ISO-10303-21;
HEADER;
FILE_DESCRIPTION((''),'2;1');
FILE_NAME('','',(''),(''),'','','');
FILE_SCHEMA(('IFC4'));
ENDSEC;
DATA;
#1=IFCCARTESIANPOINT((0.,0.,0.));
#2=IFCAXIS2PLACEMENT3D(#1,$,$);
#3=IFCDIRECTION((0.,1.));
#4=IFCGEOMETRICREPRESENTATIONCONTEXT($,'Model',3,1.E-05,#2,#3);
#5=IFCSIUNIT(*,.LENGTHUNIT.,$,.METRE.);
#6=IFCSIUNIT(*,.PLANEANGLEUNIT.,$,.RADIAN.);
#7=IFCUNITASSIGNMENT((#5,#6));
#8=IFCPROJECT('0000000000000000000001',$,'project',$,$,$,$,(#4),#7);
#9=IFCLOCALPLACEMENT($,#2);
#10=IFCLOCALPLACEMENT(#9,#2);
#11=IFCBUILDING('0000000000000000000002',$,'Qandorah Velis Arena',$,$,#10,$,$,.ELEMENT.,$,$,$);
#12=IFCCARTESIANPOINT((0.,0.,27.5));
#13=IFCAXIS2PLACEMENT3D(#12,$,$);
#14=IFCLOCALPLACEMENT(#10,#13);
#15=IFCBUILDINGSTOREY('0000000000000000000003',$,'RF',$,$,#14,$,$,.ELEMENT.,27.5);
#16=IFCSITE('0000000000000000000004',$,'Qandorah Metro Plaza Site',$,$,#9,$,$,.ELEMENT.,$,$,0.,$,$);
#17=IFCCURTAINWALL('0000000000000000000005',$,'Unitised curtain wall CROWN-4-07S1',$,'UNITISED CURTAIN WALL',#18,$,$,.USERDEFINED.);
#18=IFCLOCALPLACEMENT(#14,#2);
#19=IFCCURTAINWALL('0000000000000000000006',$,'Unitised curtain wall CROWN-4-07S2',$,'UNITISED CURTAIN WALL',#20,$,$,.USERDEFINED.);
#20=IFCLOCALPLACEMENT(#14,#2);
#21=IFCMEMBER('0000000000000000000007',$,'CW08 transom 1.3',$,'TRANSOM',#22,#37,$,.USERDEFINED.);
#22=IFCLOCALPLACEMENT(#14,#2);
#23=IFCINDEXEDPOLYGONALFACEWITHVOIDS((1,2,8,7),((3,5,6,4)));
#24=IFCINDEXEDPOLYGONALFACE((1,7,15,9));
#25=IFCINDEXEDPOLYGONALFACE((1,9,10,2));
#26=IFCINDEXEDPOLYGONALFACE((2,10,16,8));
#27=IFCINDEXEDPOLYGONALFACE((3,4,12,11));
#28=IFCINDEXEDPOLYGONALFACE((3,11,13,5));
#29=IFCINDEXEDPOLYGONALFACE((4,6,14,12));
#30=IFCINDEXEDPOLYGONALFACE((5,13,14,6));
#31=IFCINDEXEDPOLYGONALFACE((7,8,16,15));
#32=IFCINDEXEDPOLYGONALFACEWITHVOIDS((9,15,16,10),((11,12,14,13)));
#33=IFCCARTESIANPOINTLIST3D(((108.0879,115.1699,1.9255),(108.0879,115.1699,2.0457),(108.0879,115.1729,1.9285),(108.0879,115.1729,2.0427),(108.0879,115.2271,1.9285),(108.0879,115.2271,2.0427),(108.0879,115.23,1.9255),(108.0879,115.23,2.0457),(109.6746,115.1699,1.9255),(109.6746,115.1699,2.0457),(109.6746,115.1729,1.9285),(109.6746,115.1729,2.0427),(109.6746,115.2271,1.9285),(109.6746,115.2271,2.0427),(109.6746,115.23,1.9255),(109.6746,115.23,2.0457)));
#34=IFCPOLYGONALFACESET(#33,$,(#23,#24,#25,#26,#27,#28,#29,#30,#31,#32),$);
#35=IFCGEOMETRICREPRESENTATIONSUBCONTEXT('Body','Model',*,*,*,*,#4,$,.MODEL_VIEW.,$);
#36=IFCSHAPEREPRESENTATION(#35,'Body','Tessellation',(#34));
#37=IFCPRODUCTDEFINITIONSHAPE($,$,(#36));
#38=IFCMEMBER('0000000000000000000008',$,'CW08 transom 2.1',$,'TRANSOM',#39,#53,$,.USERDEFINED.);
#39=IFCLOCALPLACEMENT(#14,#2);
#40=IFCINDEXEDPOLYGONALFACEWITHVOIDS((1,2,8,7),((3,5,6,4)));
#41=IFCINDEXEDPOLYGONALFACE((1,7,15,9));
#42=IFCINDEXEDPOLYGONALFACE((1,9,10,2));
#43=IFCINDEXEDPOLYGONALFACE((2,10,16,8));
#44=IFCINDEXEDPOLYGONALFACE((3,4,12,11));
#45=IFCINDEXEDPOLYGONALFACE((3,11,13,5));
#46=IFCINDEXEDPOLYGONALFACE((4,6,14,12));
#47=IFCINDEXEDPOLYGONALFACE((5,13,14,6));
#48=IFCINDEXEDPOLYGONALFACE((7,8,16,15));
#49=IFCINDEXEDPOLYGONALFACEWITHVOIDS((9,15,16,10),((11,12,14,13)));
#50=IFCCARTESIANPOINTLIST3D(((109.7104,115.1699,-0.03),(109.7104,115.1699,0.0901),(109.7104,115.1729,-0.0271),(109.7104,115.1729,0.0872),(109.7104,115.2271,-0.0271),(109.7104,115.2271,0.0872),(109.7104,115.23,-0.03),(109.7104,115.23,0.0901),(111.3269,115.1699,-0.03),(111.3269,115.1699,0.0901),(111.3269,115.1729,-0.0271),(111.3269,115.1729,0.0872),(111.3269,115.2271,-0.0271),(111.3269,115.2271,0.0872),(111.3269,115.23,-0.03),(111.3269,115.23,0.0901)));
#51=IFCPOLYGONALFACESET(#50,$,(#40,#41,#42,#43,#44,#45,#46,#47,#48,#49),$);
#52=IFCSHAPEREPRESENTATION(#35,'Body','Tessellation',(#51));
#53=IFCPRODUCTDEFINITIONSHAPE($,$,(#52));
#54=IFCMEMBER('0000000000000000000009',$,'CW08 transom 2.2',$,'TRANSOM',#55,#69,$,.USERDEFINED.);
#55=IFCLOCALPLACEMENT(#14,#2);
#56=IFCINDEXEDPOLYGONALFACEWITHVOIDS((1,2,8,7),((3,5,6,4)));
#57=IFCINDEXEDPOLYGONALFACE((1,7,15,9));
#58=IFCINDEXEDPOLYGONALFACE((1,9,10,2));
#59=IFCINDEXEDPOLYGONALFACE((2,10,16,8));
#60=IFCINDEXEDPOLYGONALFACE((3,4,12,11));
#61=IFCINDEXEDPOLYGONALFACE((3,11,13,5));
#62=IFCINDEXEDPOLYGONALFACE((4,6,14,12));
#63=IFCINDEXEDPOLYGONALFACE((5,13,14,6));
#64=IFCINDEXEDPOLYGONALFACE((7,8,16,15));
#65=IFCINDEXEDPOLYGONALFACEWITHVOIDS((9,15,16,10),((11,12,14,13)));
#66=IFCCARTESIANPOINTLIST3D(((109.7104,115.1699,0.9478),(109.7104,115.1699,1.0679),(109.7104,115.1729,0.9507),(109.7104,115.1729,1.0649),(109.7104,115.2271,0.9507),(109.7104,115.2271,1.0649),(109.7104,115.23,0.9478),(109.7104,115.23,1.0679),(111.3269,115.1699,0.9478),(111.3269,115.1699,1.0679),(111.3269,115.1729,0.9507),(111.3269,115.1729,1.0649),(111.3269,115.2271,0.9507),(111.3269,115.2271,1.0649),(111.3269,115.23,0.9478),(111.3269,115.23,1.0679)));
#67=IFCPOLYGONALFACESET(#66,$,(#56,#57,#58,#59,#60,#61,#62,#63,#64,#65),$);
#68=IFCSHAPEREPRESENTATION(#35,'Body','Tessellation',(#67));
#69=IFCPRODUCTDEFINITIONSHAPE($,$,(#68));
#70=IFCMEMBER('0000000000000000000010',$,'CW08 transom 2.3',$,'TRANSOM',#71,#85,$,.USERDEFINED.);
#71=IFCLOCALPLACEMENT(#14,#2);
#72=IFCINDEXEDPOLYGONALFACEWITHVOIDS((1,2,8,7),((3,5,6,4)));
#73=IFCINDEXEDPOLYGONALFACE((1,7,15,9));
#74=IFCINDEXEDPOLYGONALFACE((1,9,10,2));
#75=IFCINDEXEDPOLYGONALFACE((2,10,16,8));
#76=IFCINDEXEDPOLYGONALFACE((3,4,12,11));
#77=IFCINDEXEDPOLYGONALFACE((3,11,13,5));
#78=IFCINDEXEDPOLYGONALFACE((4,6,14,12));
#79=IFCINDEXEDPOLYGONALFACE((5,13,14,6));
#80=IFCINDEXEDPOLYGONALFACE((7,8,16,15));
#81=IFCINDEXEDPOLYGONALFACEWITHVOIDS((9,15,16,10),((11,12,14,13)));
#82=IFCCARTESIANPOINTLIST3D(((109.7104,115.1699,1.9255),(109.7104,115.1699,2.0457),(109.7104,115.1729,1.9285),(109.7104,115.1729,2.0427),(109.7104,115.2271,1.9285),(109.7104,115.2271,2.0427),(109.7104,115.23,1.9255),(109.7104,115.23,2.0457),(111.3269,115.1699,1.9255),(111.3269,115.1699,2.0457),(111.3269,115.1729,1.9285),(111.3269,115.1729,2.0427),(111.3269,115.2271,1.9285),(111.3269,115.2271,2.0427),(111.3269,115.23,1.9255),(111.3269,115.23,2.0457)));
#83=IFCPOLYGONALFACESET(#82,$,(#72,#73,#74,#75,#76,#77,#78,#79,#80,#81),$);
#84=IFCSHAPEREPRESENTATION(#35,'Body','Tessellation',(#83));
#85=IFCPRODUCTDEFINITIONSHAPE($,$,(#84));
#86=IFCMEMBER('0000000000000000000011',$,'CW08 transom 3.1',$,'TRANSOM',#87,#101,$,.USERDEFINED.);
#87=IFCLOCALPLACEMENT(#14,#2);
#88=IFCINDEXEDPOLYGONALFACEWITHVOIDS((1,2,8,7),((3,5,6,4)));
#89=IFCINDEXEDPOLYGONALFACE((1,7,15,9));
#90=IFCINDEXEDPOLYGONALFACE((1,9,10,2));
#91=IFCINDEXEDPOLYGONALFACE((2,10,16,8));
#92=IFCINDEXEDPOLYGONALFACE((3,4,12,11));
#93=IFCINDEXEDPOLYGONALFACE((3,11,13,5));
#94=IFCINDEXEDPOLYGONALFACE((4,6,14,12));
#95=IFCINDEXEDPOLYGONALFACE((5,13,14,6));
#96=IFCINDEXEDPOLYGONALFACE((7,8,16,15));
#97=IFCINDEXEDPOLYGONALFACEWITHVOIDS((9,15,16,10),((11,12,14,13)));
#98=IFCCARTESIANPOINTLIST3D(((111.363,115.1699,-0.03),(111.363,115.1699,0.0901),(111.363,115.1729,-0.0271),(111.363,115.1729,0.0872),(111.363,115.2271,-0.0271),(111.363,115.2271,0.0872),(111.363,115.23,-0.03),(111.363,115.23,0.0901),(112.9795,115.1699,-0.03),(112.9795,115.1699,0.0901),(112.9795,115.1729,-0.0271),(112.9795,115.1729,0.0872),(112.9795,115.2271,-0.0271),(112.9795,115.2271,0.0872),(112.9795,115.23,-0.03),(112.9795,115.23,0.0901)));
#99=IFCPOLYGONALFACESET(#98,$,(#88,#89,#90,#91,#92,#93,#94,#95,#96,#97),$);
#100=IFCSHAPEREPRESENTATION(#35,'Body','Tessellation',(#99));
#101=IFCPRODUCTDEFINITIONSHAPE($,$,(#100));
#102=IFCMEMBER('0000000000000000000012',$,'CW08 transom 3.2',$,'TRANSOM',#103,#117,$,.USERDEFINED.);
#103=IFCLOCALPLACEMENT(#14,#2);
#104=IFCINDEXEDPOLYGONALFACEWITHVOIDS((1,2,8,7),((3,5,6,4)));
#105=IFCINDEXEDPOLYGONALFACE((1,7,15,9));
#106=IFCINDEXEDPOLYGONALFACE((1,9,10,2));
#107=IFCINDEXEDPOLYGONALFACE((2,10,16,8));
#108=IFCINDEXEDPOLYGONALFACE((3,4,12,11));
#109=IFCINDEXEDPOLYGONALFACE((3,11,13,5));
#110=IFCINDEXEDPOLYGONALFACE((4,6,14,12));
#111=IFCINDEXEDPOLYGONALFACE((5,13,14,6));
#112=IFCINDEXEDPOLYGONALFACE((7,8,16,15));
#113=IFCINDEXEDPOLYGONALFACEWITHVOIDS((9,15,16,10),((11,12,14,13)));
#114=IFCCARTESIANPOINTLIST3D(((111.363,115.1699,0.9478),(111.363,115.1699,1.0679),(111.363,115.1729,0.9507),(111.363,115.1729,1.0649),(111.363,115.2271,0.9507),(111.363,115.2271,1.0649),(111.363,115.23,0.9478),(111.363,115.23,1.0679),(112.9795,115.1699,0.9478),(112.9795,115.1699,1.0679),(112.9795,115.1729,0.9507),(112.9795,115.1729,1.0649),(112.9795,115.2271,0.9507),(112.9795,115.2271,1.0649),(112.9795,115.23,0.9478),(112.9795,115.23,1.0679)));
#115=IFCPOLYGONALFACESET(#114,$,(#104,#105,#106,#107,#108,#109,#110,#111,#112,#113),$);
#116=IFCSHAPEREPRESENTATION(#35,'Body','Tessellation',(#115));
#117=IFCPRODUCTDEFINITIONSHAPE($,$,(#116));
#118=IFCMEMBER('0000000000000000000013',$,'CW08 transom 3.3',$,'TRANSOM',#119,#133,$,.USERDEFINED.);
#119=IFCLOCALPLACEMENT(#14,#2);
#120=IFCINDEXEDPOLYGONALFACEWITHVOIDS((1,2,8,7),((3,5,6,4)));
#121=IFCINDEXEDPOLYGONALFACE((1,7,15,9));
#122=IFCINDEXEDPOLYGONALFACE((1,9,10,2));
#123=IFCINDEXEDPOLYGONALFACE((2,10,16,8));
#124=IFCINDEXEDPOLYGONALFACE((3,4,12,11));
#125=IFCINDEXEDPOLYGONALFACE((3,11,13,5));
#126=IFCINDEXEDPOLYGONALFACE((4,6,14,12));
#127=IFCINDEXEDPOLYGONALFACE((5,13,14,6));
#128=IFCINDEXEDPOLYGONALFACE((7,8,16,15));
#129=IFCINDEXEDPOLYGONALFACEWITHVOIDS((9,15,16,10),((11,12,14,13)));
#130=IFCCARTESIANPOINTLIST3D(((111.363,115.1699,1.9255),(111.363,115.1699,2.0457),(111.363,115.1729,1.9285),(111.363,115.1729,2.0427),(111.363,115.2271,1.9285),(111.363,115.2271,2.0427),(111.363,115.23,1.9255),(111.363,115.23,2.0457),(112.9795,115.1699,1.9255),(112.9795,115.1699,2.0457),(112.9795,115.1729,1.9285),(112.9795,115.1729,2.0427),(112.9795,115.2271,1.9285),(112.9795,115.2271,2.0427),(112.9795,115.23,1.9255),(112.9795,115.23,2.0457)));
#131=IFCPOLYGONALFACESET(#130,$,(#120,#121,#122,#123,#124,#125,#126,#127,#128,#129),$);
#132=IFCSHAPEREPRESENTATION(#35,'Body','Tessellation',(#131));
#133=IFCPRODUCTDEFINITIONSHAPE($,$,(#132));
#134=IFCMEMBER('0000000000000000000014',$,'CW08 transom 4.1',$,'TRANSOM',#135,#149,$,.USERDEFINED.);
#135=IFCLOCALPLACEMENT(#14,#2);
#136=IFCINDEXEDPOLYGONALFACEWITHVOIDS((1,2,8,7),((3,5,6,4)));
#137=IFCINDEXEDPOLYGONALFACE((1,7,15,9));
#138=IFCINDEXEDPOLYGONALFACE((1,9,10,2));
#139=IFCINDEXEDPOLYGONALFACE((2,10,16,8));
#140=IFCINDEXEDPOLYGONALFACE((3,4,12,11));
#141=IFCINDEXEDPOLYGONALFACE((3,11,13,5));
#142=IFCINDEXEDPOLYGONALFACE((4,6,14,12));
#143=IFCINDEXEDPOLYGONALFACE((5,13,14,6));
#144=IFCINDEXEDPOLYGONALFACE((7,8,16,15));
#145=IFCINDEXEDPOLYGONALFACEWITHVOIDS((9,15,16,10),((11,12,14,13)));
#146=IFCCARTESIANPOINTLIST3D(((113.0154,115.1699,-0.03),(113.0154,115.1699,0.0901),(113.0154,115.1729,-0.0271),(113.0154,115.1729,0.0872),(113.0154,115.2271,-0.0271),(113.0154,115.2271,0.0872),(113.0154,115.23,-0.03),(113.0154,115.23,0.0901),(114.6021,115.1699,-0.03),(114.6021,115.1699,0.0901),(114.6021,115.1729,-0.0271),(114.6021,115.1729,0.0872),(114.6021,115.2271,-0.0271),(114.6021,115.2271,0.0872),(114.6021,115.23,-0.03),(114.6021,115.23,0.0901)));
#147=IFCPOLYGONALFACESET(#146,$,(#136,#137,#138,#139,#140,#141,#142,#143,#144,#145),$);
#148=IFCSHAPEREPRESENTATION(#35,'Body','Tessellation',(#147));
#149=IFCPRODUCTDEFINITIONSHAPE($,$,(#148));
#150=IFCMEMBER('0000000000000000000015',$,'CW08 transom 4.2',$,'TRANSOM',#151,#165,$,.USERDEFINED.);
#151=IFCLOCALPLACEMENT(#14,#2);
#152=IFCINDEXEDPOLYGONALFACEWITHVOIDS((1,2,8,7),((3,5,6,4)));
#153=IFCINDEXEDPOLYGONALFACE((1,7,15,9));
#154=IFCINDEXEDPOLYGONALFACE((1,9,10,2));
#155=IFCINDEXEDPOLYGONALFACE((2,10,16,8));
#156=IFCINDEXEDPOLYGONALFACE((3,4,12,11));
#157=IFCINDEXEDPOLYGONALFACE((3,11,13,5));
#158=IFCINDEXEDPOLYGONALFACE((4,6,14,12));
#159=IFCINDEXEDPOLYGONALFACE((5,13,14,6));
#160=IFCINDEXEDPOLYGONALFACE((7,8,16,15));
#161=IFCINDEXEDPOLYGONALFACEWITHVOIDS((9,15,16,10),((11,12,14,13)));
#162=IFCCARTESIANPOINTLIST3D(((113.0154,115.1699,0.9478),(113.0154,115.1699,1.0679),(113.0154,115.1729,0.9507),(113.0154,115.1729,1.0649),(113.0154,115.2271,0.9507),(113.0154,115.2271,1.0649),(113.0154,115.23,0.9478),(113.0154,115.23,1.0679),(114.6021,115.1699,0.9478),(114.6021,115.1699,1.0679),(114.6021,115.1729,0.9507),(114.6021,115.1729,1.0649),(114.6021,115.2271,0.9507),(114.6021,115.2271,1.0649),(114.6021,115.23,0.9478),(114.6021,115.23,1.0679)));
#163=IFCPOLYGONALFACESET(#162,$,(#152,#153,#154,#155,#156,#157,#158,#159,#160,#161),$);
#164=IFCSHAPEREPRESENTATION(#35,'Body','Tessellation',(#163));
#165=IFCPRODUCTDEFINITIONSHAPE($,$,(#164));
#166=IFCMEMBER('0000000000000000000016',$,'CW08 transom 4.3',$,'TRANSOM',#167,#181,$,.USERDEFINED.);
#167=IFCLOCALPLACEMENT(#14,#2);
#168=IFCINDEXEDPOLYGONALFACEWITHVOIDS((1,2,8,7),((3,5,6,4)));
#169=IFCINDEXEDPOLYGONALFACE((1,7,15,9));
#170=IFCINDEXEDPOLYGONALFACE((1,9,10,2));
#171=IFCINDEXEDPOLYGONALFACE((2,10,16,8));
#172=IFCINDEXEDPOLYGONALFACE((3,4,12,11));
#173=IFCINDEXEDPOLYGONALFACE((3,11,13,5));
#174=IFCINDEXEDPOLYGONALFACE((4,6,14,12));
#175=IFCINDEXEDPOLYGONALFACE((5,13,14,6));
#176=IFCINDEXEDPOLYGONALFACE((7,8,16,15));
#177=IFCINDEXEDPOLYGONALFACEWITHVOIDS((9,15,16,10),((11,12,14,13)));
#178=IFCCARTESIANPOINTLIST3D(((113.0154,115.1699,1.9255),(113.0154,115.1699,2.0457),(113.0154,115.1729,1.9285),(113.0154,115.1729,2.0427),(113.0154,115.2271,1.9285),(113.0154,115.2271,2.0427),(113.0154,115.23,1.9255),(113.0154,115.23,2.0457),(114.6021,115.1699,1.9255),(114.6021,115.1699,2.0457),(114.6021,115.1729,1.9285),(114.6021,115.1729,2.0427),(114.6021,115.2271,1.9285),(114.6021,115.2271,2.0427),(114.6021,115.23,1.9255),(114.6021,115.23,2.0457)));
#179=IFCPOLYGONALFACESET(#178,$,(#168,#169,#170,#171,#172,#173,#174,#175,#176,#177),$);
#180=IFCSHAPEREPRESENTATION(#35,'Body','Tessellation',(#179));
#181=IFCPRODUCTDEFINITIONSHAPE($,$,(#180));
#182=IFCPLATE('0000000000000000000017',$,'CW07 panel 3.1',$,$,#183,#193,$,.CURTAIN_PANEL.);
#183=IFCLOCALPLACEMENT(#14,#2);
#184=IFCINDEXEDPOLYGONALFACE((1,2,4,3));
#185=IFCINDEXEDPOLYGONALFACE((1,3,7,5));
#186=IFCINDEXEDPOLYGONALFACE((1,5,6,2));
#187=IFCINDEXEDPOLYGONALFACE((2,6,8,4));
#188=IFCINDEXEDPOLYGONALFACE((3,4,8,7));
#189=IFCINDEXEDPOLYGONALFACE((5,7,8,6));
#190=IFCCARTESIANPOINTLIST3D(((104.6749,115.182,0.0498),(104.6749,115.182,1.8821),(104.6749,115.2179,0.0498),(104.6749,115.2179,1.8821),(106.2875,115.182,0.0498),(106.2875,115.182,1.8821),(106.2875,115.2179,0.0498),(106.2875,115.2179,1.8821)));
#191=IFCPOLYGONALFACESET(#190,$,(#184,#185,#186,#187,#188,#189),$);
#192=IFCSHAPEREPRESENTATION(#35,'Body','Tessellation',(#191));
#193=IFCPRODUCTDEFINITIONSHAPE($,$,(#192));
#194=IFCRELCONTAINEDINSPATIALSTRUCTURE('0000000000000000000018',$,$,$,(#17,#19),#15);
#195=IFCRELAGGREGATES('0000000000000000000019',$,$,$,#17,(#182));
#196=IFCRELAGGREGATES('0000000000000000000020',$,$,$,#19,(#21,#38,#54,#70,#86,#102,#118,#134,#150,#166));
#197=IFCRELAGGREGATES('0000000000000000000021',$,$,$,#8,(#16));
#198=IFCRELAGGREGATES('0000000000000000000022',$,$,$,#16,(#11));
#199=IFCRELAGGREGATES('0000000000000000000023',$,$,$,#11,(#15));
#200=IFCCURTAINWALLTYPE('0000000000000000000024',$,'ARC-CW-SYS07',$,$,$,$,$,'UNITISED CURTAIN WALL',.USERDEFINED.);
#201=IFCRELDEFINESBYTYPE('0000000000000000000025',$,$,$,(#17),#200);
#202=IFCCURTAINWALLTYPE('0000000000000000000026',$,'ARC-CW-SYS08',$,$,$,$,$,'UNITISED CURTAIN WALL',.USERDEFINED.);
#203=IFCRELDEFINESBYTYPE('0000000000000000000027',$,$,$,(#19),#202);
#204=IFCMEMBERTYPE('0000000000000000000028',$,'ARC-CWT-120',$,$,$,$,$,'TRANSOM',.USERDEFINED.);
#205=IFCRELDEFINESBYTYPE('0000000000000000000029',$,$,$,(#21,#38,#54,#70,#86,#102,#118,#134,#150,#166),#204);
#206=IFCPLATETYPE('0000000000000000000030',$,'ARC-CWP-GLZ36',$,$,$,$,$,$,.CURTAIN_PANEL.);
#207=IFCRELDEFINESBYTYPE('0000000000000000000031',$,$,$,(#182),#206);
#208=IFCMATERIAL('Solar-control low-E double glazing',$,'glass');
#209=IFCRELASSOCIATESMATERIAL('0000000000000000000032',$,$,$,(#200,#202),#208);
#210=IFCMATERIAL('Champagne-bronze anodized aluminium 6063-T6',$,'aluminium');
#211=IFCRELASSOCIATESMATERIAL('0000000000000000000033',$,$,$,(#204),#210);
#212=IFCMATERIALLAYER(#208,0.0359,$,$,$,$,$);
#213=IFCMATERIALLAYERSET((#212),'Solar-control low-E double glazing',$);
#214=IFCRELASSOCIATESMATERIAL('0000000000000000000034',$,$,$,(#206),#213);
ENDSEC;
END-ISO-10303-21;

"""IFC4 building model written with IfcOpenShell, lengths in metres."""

from ifc_helpers import new_model, si_unit, direction, frame, origin, origin_2d, place, context, subcontext, project, spatial, rectangle, hollow_rectangle, extrude, material, layer, layer_set, material_profile, profile_set, type_object, element, aggregate, save


model = new_model("IFC4")

# Units and contexts
model_context = context("Model", 3, precision=1e-05, world=origin(), true_north=direction((0.0, 1.0)))
body_context = subcontext(model_context, "Body", "Model", "MODEL_VIEW")
ifc_project = project(units=[si_unit("LENGTHUNIT", "METRE"), si_unit("PLANEANGLEUNIT", "RADIAN")], contexts=[model_context])

# Site, building, storey
site_placement = place(None, origin())
site = spatial("IfcSite", under=ifc_project, at=site_placement, Name="Qandorah Metro Plaza Site", CompositionType="ELEMENT", RefElevation=0.0)
building_placement = place(site_placement, origin())
building = spatial("IfcBuilding", under=site, at=building_placement, Name="Qandorah Velis Arena", CompositionType="ELEMENT")
storey_placement = place(building_placement, frame((0.0, 0.0, 27.5)))
storey = spatial("IfcBuildingStorey", under=building, at=storey_placement, Name="RF", CompositionType="ELEMENT", Elevation=27.5)

# Curtain walls
ifc_material_1 = material(Name="Solar-control low-E double glazing", Category="glass")
curtain_wall_type_1 = type_object("IfcCurtainWallType", Name="ARC-CW-SYS07", ElementType="UNITISED CURTAIN WALL", PredefinedType="USERDEFINED", material=ifc_material_1)
curtain_wall_1_placement = place(storey_placement, origin())
curtain_wall_1 = element("IfcCurtainWall", 1, at=curtain_wall_1_placement, inside=storey, type_object=curtain_wall_type_1, Name="Unitised curtain wall CROWN-4-07S1", ObjectType="UNITISED CURTAIN WALL", PredefinedType="USERDEFINED")
ifc_material_2 = material(Name="Champagne-bronze anodized aluminium 6063-T6", Category="aluminium")
curtain_wall_type_2 = type_object("IfcCurtainWallType", Name="ARC-CW-SYS08", ElementType="UNITISED CURTAIN WALL", PredefinedType="USERDEFINED", material=ifc_material_1)
curtain_wall_2_placement = place(storey_placement, origin())
curtain_wall_2 = element("IfcCurtainWall", 2, at=curtain_wall_2_placement, inside=storey, type_object=curtain_wall_type_2, Name="Unitised curtain wall CROWN-4-07S2", ObjectType="UNITISED CURTAIN WALL", PredefinedType="USERDEFINED")

# Members
ifc_material_profile_1 = material_profile(ifc_material_2, hollow_rectangle(XDim=0.0601, YDim=0.1201, WallThickness=0.0029, at=origin_2d()), Name="ALU TRANSOM 60x120")
ifc_profile_set_1 = profile_set([ifc_material_profile_1], Name="Champagne-bronze anodized aluminium 6063-T6")
member_type_1 = type_object("IfcMemberType", Name="ARC-CWT-120", ElementType="TRANSOM", PredefinedType="USERDEFINED", material=ifc_profile_set_1)
member_1_placement = place(storey_placement, frame((108.0879, 115.2, 1.9856), z_axis=(1.0, 0.0, 0.0), x_axis=(0.0, 1.0, 0.0)))
member_1 = element("IfcMember", 3, at=member_1_placement, type_object=member_type_1, Name="CW08 transom 1.3", ObjectType="TRANSOM", PredefinedType="USERDEFINED", context=body_context, shape_type="SweptSolid", body=[
    extrude(hollow_rectangle(XDim=0.0601, YDim=0.1201, WallThickness=0.0029, at=origin_2d()), origin(), (0.0, 0.0, 1.0), 1.5867),
])
member_2_placement = place(storey_placement, frame((109.7104, 115.2, 0.03), z_axis=(1.0, 0.0, 0.0), x_axis=(0.0, 1.0, 0.0)))
member_2 = element("IfcMember", 4, at=member_2_placement, type_object=member_type_1, Name="CW08 transom 2.1", ObjectType="TRANSOM", PredefinedType="USERDEFINED", context=body_context, shape_type="SweptSolid", body=[
    extrude(hollow_rectangle(XDim=0.0601, YDim=0.1201, WallThickness=0.0029, at=origin_2d()), origin(), (0.0, 0.0, 1.0), 1.6165),
])
member_3_placement = place(storey_placement, frame((109.7104, 115.2, 1.0078), z_axis=(1.0, 0.0, 0.0), x_axis=(0.0, 1.0, 0.0)))
member_3 = element("IfcMember", 5, at=member_3_placement, type_object=member_type_1, Name="CW08 transom 2.2", ObjectType="TRANSOM", PredefinedType="USERDEFINED", context=body_context, shape_type="SweptSolid", body=[
    extrude(hollow_rectangle(XDim=0.0601, YDim=0.1201, WallThickness=0.0029, at=origin_2d()), origin(), (0.0, 0.0, 1.0), 1.6165),
])
member_4_placement = place(storey_placement, frame((109.7104, 115.2, 1.9856), z_axis=(1.0, 0.0, 0.0), x_axis=(0.0, 1.0, 0.0)))
member_4 = element("IfcMember", 6, at=member_4_placement, type_object=member_type_1, Name="CW08 transom 2.3", ObjectType="TRANSOM", PredefinedType="USERDEFINED", context=body_context, shape_type="SweptSolid", body=[
    extrude(hollow_rectangle(XDim=0.0601, YDim=0.1201, WallThickness=0.0029, at=origin_2d()), origin(), (0.0, 0.0, 1.0), 1.6165),
])
member_5_placement = place(storey_placement, frame((111.363, 115.2, 0.03), z_axis=(1.0, 0.0, 0.0), x_axis=(0.0, 1.0, 0.0)))
member_5 = element("IfcMember", 7, at=member_5_placement, type_object=member_type_1, Name="CW08 transom 3.1", ObjectType="TRANSOM", PredefinedType="USERDEFINED", context=body_context, shape_type="SweptSolid", body=[
    extrude(hollow_rectangle(XDim=0.0601, YDim=0.1201, WallThickness=0.0029, at=origin_2d()), origin(), (0.0, 0.0, 1.0), 1.6165),
])
member_6_placement = place(storey_placement, frame((111.363, 115.2, 1.0078), z_axis=(1.0, 0.0, 0.0), x_axis=(0.0, 1.0, 0.0)))
member_6 = element("IfcMember", 8, at=member_6_placement, type_object=member_type_1, Name="CW08 transom 3.2", ObjectType="TRANSOM", PredefinedType="USERDEFINED", context=body_context, shape_type="SweptSolid", body=[
    extrude(hollow_rectangle(XDim=0.0601, YDim=0.1201, WallThickness=0.0029, at=origin_2d()), origin(), (0.0, 0.0, 1.0), 1.6165),
])
member_7_placement = place(storey_placement, frame((111.363, 115.2, 1.9856), z_axis=(1.0, 0.0, 0.0), x_axis=(0.0, 1.0, 0.0)))
member_7 = element("IfcMember", 9, at=member_7_placement, type_object=member_type_1, Name="CW08 transom 3.3", ObjectType="TRANSOM", PredefinedType="USERDEFINED", context=body_context, shape_type="SweptSolid", body=[
    extrude(hollow_rectangle(XDim=0.0601, YDim=0.1201, WallThickness=0.0029, at=origin_2d()), origin(), (0.0, 0.0, 1.0), 1.6165),
])
member_8_placement = place(storey_placement, frame((113.0154, 115.2, 0.03), z_axis=(1.0, 0.0, 0.0), x_axis=(0.0, 1.0, 0.0)))
member_8 = element("IfcMember", 10, at=member_8_placement, type_object=member_type_1, Name="CW08 transom 4.1", ObjectType="TRANSOM", PredefinedType="USERDEFINED", context=body_context, shape_type="SweptSolid", body=[
    extrude(hollow_rectangle(XDim=0.0601, YDim=0.1201, WallThickness=0.0029, at=origin_2d()), origin(), (0.0, 0.0, 1.0), 1.5867),
])
member_9_placement = place(storey_placement, frame((113.0154, 115.2, 1.0078), z_axis=(1.0, 0.0, 0.0), x_axis=(0.0, 1.0, 0.0)))
member_9 = element("IfcMember", 11, at=member_9_placement, type_object=member_type_1, Name="CW08 transom 4.2", ObjectType="TRANSOM", PredefinedType="USERDEFINED", context=body_context, shape_type="SweptSolid", body=[
    extrude(hollow_rectangle(XDim=0.0601, YDim=0.1201, WallThickness=0.0029, at=origin_2d()), origin(), (0.0, 0.0, 1.0), 1.5867),
])
member_10_placement = place(storey_placement, frame((113.0154, 115.2, 1.9856), z_axis=(1.0, 0.0, 0.0), x_axis=(0.0, 1.0, 0.0)))
member_10 = element("IfcMember", 12, at=member_10_placement, type_object=member_type_1, Name="CW08 transom 4.3", ObjectType="TRANSOM", PredefinedType="USERDEFINED", context=body_context, shape_type="SweptSolid", body=[
    extrude(hollow_rectangle(XDim=0.0601, YDim=0.1201, WallThickness=0.0029, at=origin_2d()), origin(), (0.0, 0.0, 1.0), 1.5867),
])

# Plate
ifc_layer_1 = layer(ifc_material_1, 0.0359)
ifc_layer_set_1 = layer_set([ifc_layer_1], Name="Solar-control low-E double glazing")
plate_type = type_object("IfcPlateType", Name="ARC-CWP-GLZ36", PredefinedType="CURTAIN_PANEL", material=ifc_layer_set_1)
plate_1_placement = place(storey_placement, frame((105.4812, 115.2, 0.0498), z_axis=(0.0, 0.0, 1.0), x_axis=(1.0, 0.0, 0.0)))
plate_1 = element("IfcPlate", 13, at=plate_1_placement, type_object=plate_type, Name="CW07 panel 3.1", PredefinedType="CURTAIN_PANEL", context=body_context, shape_type="SweptSolid", body=[
    extrude(rectangle(XDim=1.6125, YDim=0.0359, at=origin_2d()), origin(), (0.0, 0.0, 1.0), 1.8323),
])
aggregate(curtain_wall_1, [plate_1])
aggregate(curtain_wall_2, [member_1, member_2, member_3, member_4, member_5, member_6, member_7, member_8, member_9, member_10])

save(model, "model.ifc")
